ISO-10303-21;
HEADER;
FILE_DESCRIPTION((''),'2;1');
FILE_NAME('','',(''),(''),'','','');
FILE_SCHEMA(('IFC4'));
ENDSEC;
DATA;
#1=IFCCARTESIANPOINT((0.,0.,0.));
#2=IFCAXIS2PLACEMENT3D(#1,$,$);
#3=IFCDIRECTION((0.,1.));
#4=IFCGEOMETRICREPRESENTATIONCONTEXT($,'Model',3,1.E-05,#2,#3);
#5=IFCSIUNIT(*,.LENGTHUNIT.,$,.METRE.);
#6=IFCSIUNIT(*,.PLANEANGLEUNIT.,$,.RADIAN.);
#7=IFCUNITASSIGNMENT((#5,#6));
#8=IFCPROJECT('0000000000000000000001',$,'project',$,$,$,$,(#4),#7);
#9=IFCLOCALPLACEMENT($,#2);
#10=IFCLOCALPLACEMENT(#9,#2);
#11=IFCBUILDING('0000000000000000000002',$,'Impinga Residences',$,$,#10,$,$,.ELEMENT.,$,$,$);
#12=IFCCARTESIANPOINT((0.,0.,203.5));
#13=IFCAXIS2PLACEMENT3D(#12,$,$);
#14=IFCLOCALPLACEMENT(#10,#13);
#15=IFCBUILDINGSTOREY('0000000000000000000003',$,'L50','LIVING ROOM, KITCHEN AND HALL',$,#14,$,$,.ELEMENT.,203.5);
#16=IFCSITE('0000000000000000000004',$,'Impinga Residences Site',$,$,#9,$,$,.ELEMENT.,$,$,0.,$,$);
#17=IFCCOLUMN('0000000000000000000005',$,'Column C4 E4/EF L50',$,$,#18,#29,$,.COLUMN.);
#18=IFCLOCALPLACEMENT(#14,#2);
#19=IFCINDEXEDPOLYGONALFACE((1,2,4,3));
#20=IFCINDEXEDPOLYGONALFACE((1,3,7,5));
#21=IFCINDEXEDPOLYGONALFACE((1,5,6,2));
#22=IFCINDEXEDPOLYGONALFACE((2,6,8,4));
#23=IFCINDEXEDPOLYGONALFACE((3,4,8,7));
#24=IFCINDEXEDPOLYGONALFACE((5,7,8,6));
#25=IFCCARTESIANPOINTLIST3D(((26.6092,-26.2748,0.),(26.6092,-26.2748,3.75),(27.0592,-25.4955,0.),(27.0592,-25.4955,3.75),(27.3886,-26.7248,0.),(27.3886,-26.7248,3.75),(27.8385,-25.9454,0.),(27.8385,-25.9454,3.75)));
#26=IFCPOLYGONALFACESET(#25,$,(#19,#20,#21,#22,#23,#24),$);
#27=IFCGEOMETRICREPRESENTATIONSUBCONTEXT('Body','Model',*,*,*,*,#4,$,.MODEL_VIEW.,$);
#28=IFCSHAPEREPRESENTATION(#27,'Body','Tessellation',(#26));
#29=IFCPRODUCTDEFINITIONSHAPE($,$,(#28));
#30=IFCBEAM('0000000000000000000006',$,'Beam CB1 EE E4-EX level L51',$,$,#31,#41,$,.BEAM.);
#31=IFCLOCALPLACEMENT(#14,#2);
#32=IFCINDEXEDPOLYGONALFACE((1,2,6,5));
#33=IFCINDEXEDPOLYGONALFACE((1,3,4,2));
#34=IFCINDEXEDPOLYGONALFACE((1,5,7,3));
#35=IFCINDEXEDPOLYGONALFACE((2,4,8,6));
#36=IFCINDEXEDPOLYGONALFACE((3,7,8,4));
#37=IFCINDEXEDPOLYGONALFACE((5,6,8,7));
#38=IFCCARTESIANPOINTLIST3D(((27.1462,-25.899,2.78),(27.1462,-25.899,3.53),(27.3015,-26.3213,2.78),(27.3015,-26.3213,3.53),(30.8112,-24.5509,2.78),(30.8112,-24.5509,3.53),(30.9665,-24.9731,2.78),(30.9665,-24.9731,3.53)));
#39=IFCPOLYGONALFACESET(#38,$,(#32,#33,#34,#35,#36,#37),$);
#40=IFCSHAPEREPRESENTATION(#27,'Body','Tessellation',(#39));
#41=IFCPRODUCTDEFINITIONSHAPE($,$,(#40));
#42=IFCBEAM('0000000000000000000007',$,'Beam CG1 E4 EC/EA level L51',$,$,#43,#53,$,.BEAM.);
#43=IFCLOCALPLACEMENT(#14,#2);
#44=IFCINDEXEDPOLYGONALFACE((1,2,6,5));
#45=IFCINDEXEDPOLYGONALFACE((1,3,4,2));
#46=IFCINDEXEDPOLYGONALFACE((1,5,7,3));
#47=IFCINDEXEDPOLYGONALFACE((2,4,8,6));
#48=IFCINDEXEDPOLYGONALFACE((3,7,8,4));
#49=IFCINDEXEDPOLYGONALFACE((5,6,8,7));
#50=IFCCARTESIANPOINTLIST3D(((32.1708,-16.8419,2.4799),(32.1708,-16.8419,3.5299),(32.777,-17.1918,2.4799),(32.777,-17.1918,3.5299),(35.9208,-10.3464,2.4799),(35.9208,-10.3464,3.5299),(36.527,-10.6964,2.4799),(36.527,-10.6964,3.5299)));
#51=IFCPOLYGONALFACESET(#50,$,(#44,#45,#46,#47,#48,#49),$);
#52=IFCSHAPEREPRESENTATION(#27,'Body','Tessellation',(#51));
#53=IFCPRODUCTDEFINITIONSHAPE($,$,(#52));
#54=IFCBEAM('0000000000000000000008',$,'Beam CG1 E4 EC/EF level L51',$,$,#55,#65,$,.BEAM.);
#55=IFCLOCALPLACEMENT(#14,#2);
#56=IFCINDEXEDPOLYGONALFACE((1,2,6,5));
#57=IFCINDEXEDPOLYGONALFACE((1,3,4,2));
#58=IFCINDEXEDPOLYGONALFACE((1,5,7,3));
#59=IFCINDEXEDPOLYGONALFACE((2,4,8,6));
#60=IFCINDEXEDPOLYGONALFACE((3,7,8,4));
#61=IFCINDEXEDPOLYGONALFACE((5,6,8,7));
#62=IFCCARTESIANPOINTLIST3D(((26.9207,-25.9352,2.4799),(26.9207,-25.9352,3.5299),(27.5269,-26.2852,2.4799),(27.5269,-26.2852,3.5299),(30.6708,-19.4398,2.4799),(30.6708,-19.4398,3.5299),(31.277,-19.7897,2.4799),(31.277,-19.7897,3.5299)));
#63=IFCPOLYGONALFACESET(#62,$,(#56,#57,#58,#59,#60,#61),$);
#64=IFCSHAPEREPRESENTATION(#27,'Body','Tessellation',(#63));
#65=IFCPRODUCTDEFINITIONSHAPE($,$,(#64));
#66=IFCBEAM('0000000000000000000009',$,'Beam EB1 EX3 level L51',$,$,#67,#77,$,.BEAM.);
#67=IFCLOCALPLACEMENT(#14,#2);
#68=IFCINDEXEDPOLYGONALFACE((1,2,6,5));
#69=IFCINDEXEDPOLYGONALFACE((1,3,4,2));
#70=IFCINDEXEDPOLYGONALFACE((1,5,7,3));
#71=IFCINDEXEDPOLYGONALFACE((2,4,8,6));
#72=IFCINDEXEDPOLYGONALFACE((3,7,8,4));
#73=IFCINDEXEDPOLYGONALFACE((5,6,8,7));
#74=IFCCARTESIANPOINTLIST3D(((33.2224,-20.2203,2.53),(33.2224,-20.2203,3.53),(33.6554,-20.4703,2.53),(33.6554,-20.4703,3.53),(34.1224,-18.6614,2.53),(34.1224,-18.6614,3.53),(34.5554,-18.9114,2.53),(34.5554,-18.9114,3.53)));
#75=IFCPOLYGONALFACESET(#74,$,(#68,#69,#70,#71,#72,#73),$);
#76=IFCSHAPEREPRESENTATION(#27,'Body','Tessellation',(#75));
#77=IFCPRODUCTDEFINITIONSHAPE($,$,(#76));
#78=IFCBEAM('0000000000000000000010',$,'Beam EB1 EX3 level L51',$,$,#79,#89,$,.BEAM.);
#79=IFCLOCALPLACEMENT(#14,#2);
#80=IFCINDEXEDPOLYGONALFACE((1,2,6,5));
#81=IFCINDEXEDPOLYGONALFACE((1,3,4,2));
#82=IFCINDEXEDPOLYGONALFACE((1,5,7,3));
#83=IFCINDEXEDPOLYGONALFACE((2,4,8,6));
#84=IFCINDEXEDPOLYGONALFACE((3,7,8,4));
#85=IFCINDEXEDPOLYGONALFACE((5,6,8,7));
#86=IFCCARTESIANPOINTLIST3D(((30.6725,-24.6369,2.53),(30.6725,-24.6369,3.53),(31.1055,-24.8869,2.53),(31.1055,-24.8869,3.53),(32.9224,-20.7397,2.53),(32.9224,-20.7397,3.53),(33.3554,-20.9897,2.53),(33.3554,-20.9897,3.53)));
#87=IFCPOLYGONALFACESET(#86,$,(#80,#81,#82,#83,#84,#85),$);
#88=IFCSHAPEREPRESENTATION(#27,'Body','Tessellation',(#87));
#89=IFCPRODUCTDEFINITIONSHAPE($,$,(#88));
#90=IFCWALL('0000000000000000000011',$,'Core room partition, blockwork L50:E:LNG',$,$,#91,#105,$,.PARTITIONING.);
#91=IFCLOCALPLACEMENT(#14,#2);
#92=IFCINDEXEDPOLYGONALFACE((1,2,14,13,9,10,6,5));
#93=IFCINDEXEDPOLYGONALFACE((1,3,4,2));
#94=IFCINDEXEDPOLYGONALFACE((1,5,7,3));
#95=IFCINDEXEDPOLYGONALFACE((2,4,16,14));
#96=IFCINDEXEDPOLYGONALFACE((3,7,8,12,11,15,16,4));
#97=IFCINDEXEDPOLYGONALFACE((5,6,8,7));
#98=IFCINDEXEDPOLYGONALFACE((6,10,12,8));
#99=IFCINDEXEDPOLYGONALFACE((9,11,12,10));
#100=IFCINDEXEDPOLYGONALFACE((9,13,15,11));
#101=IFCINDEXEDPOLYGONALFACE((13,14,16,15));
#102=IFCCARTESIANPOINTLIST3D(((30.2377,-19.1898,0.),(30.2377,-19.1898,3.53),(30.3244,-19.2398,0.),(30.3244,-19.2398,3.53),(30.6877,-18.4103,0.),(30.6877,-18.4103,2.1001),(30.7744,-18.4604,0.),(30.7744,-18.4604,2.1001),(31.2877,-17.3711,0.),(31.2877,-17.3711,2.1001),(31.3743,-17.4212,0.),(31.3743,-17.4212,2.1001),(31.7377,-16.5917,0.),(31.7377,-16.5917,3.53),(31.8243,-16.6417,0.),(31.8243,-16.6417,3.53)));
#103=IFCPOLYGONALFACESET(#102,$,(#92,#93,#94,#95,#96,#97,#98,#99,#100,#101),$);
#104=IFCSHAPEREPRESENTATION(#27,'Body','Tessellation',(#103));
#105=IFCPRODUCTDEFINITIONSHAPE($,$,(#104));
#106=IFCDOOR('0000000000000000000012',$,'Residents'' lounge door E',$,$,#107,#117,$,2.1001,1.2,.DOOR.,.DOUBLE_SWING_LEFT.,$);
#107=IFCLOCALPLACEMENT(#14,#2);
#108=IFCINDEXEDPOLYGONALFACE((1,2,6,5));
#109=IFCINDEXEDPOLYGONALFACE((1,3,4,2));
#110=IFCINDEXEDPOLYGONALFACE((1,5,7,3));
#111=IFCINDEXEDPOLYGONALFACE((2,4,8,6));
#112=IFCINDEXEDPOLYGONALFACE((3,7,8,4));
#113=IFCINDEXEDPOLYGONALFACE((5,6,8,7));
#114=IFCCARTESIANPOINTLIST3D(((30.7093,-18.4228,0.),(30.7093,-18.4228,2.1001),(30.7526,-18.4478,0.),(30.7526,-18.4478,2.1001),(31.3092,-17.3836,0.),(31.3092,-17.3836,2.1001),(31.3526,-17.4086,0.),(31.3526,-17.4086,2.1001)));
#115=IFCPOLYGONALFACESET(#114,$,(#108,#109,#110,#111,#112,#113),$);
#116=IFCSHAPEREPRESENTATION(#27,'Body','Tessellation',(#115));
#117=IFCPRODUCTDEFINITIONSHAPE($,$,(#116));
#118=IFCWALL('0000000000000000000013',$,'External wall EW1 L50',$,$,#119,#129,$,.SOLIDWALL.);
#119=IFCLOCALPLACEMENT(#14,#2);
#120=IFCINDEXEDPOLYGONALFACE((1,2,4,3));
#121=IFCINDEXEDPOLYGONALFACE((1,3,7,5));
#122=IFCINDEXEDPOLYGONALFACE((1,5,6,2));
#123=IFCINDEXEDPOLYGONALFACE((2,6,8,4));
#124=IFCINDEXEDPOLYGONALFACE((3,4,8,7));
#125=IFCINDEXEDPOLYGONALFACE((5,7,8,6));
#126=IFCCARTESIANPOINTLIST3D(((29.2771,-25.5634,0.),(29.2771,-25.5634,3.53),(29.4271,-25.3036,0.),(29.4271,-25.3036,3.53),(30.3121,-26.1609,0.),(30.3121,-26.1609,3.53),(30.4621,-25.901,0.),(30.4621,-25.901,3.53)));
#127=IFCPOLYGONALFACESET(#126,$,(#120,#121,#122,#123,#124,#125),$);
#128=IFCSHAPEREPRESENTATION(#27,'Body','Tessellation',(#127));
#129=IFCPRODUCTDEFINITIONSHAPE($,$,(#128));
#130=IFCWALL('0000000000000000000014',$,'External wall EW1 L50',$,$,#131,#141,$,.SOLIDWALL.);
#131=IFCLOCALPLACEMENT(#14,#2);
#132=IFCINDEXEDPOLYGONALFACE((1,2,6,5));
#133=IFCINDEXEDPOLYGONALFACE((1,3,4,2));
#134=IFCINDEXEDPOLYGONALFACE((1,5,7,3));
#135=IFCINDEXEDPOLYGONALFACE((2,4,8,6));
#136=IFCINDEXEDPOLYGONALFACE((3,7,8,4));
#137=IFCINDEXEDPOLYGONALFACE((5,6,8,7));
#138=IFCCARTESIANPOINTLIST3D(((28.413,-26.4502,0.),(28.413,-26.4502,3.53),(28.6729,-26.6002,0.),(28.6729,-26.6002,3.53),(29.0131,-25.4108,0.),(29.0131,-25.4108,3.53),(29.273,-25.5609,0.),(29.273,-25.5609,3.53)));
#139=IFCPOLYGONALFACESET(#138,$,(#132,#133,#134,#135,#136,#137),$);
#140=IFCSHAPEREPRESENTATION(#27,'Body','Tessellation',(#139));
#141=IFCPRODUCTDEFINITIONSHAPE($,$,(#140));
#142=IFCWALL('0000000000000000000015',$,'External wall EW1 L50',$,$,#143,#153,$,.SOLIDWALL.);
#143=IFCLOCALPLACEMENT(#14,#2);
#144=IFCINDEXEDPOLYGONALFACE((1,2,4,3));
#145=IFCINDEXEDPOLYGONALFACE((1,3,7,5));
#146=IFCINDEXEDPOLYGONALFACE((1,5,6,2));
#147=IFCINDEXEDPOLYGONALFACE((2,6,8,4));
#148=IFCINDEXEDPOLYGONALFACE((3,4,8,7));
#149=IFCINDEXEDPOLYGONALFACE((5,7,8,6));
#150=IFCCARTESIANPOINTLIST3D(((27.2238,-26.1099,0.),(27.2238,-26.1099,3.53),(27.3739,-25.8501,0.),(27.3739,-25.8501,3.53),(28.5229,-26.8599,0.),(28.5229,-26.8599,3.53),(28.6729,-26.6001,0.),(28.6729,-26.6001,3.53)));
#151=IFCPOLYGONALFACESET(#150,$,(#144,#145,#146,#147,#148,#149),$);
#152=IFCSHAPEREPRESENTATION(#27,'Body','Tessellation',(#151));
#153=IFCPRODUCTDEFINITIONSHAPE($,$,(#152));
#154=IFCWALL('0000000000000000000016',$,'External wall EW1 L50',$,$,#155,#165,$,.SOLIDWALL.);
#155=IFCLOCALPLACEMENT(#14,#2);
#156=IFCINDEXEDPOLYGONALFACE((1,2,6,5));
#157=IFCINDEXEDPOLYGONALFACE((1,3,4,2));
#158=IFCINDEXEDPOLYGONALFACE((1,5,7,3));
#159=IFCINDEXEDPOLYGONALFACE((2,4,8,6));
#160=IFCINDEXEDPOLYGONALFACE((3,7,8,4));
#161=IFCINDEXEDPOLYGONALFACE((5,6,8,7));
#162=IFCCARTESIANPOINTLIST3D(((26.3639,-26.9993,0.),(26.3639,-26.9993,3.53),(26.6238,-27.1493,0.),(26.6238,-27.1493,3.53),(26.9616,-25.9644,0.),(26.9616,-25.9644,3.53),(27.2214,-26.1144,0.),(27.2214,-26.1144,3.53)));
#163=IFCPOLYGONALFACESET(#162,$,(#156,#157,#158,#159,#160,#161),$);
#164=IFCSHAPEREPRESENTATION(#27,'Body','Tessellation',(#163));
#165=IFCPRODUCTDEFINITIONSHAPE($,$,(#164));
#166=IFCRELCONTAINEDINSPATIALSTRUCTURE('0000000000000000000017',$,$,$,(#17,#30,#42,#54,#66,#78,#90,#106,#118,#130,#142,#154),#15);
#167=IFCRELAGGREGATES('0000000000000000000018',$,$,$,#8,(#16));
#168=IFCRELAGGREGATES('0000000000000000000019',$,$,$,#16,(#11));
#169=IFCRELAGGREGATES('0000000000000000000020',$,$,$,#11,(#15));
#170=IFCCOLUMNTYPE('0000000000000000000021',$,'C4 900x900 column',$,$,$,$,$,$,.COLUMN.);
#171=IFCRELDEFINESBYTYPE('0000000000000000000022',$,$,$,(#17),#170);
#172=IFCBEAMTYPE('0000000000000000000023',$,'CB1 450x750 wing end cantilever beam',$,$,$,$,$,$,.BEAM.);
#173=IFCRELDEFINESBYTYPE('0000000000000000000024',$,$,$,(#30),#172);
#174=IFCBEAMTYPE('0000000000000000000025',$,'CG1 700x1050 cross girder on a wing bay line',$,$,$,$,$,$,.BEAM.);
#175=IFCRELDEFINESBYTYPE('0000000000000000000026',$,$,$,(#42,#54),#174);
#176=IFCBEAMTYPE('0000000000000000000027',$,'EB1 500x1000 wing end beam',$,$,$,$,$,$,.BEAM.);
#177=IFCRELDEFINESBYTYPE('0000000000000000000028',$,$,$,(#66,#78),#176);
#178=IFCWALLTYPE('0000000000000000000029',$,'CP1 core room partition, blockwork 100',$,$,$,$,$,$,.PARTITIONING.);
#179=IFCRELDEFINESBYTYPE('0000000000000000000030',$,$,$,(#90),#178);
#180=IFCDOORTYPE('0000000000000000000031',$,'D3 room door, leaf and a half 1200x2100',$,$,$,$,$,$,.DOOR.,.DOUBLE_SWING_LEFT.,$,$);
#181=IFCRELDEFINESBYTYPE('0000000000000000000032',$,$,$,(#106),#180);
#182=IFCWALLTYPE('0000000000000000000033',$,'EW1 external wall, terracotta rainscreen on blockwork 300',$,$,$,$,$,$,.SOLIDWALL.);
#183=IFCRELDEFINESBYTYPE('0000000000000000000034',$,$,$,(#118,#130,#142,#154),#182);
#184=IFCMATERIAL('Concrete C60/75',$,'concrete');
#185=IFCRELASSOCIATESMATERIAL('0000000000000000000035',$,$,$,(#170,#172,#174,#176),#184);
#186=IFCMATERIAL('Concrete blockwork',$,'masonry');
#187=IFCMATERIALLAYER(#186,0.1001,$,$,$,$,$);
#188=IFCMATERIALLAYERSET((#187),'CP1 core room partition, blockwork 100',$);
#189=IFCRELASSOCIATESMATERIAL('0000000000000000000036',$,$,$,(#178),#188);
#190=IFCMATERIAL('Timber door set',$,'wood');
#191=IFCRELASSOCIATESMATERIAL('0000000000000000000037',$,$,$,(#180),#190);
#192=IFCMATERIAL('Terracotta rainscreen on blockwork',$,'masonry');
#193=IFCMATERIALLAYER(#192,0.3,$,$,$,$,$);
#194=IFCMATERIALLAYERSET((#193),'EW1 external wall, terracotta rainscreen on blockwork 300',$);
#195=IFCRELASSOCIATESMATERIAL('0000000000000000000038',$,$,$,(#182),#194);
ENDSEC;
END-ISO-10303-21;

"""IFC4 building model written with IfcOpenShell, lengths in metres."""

from ifc_helpers import new_model, si_unit, direction, frame, frame_2d, origin, origin_2d, place, context, subcontext, project, spatial, rectangle, extrude, material, layer, layer_set, material_profile, profile_set, type_object, element, fill, save


model = new_model("IFC4")

# Units and contexts
model_context = context("Model", 3, precision=1e-05, world=origin(), true_north=direction((0.0, 1.0)))
body_context = subcontext(model_context, "Body", "Model", "MODEL_VIEW")
ifc_project = project(units=[si_unit("LENGTHUNIT", "METRE"), si_unit("PLANEANGLEUNIT", "RADIAN")], contexts=[model_context])

# Site, building, storey
site_placement = place(None, origin())
site = spatial("IfcSite", under=ifc_project, at=site_placement, Name="Impinga Residences Site", CompositionType="ELEMENT", RefElevation=0.0)
building_placement = place(site_placement, origin())
building = spatial("IfcBuilding", under=site, at=building_placement, Name="Impinga Residences", CompositionType="ELEMENT")
storey_placement = place(building_placement, frame((0.0, 0.0, 203.5)))
storey = spatial("IfcBuildingStorey", under=building, at=storey_placement, Name="L50", Description="LIVING ROOM, KITCHEN AND HALL", CompositionType="ELEMENT", Elevation=203.5)

# Column
ifc_material_1 = material(Name="Concrete C60/75", Category="concrete")
ifc_material_profile_1 = material_profile(ifc_material_1, rectangle(XDim=0.8999, YDim=0.8999, at=origin_2d()), Name="RC 900x900")
ifc_profile_set_1 = profile_set([ifc_material_profile_1], Name="Concrete C60/75")
column_type = type_object("IfcColumnType", Name="C4 900x900 column", PredefinedType="COLUMN", material=ifc_profile_set_1)
column_placement = place(storey_placement, frame((27.2239, -26.1101, 0.0), z_axis=(0.0, 0.0, 1.0), x_axis=(-0.5, -0.866025, 0.0)))
element("IfcColumn", 1, at=column_placement, inside=storey, type_object=column_type, Name="Column C4 E4/EF L50", PredefinedType="COLUMN", context=body_context, shape_type="SweptSolid", body=[
    extrude(rectangle(XDim=0.8999, YDim=0.8999, at=origin_2d()), origin(), (0.0, 0.0, 1.0), 3.75),
])

# Beams
ifc_material_profile_2 = material_profile(ifc_material_1, rectangle(XDim=0.45, YDim=0.75, at=origin_2d()), Name="RC 450x750")
ifc_profile_set_2 = profile_set([ifc_material_profile_2], Name="Concrete C60/75")
beam_type_1 = type_object("IfcBeamType", Name="CB1 450x750 wing end cantilever beam", PredefinedType="BEAM", material=ifc_profile_set_2)
beam_1_placement = place(storey_placement, frame((27.2239, -26.1101, 3.155), z_axis=(0.93852, 0.345224, 0.0), x_axis=(-0.345224, 0.93852, 0.0)))
element("IfcBeam", 2, at=beam_1_placement, inside=storey, type_object=beam_type_1, Name="Beam CB1 EE E4-EX level L51", PredefinedType="BEAM", context=body_context, shape_type="SweptSolid", body=[
    extrude(rectangle(XDim=0.45, YDim=0.75, at=origin_2d()), origin(), (0.0, 0.0, 1.0), 3.905),
])
ifc_material_profile_3 = material_profile(ifc_material_1, rectangle(XDim=0.7, YDim=1.05, at=origin_2d()), Name="RC 700x1050")
ifc_profile_set_3 = profile_set([ifc_material_profile_3], Name="Concrete C60/75")
beam_type_2 = type_object("IfcBeamType", Name="CG1 700x1050 cross girder on a wing bay line", PredefinedType="BEAM", material=ifc_profile_set_3)
for number, where, z_axis, x_axis, name in (
    (3, (32.4739, -17.0168, 3.0049), (0.49999, 0.866031, 0.0), (-0.866031, 0.49999, 0.0), "Beam CG1 E4 EC/EA level L51"),
    (4, (30.9739, -19.6147, 3.0049), (-0.49999, -0.866031, 0.0), (0.866031, -0.49999, 0.0), "Beam CG1 E4 EC/EF level L51"),
):
    element("IfcBeam", number, at=place(storey_placement, frame(where, z_axis=z_axis, x_axis=x_axis)), inside=storey, type_object=beam_type_2, Name=name, PredefinedType="BEAM", context=body_context, shape_type="SweptSolid", body=[
        extrude(rectangle(XDim=0.7, YDim=1.05, at=origin_2d()), origin(), (0.0, 0.0, 1.0), 7.5002),
    ])
ifc_material_profile_4 = material_profile(ifc_material_1, rectangle(XDim=0.5, YDim=1.0, at=origin_2d()), Name="RC 500x1000")
ifc_profile_set_4 = profile_set([ifc_material_profile_4], Name="Concrete C60/75")
beam_type_3 = type_object("IfcBeamType", Name="EB1 500x1000 wing end beam", PredefinedType="BEAM", material=ifc_profile_set_4)
beam_2_placement = place(storey_placement, frame((34.3389, -18.7864, 3.03), z_axis=(-0.499961, -0.866048, 0.0), x_axis=(0.866048, -0.499961, 0.0)))
element("IfcBeam", 5, at=beam_2_placement, inside=storey, type_object=beam_type_3, Name="Beam EB1 EX3 level L51", PredefinedType="BEAM", context=body_context, shape_type="SweptSolid", body=[
    extrude(rectangle(XDim=0.5, YDim=1.0, at=origin_2d()), origin(), (0.0, 0.0, 1.0), 1.8),
])
beam_3_placement = place(storey_placement, frame((33.1389, -20.8647, 3.03), z_axis=(-0.49999, -0.866031, 0.0), x_axis=(0.866031, -0.49999, 0.0)))
element("IfcBeam", 6, at=beam_3_placement, inside=storey, type_object=beam_type_3, Name="Beam EB1 EX3 level L51", PredefinedType="BEAM", context=body_context, shape_type="SweptSolid", body=[
    extrude(rectangle(XDim=0.5, YDim=1.0, at=origin_2d()), origin(), (0.0, 0.0, 1.0), 4.5),
])

# Wall, opening, door
ifc_material_2 = material(Name="Concrete blockwork", Category="masonry")
ifc_layer_1 = layer(ifc_material_2, 0.1001)
ifc_layer_set_1 = layer_set([ifc_layer_1], Name="CP1 core room partition, blockwork 100")
wall_type_1 = type_object("IfcWallType", Name="CP1 core room partition, blockwork 100", PredefinedType="PARTITIONING", material=ifc_layer_set_1)
wall_1_placement = place(storey_placement, frame((31.781, -16.6167, 0.0), z_axis=(0.0, 0.0, 1.0), x_axis=(-0.49999, -0.866031, 0.0)))
wall_1 = element("IfcWall", 7, at=wall_1_placement, inside=storey, type_object=wall_type_1, Name="Core room partition, blockwork L50:E:LNG", PredefinedType="PARTITIONING", context=body_context, shape_type="SweptSolid", body=[
    extrude(rectangle(XDim=3.0, YDim=0.1001, at=frame_2d((1.5, 0.0))), origin(), (0.0, 0.0, 1.0), 3.53),
])
opening_1_placement = place(wall_1_placement, frame((0.8999, 0.0, 0.0)))
opening_1 = element("IfcOpeningElement", 8, at=opening_1_placement, cuts=wall_1, PredefinedType="OPENING", context=body_context, shape_type="SweptSolid", body=[
    extrude(rectangle(XDim=1.2, YDim=2.1001, at=frame_2d((0.6001, 1.05))), frame((0.0, 0.0601, 0.0), z_axis=(0.0, -1.0, 0.0), x_axis=(1.0, 0.0, 0.0)), (0.0, 0.0, 1.0), 0.1201),
])
ifc_material_3 = material(Name="Timber door set", Category="wood")
door_type_1 = type_object("IfcDoorType", Name="D3 room door, leaf and a half 1200x2100", OperationType="DOUBLE_SWING_LEFT", PredefinedType="DOOR", material=ifc_material_3)
door_1_placement = place(opening_1_placement, origin())
door_1 = element("IfcDoor", 9, at=door_1_placement, inside=storey, type_object=door_type_1, Name="Residents' lounge door E", OperationType="DOUBLE_SWING_LEFT", OverallHeight=2.1001, OverallWidth=1.2, PredefinedType="DOOR", context=body_context, shape_type="SweptSolid", body=[
    extrude(rectangle(XDim=1.2, YDim=2.1001, at=frame_2d((0.6001, 1.05))), frame((0.0, 0.0249, 0.0), z_axis=(0.0, -1.0, 0.0), x_axis=(1.0, 0.0, 0.0)), (0.0, 0.0, 1.0), 0.05),
])
fill(opening_1, door_1)

# Walls
ifc_material_4 = material(Name="Terracotta rainscreen on blockwork", Category="masonry")
ifc_layer_2 = layer(ifc_material_4, 0.3)
ifc_layer_set_2 = layer_set([ifc_layer_2], Name="EW1 external wall, terracotta rainscreen on blockwork 300")
wall_type_2 = type_object("IfcWallType", Name="EW1 external wall, terracotta rainscreen on blockwork 300", PredefinedType="SOLIDWALL", material=ifc_layer_set_2)
wall_2_placement = place(storey_placement, frame((30.3872, -26.031, 0.0), z_axis=(0.0, 0.0, 1.0), x_axis=(-0.86606, 0.499941, 0.0)))
element("IfcWall", 10, at=wall_2_placement, inside=storey, type_object=wall_type_2, Name="External wall EW1 L50", PredefinedType="SOLIDWALL", context=body_context, shape_type="SweptSolid", body=[
    extrude(rectangle(XDim=1.1951, YDim=0.3, at=frame_2d((0.5977, 0.0))), origin(), (0.0, 0.0, 1.0), 3.53),
])
wall_3_placement = place(storey_placement, frame((29.1431, -25.4858, 0.0), z_axis=(0.0, 0.0, 1.0), x_axis=(-0.500034, -0.866006, 0.0)))
element("IfcWall", 11, at=wall_3_placement, inside=storey, type_object=wall_type_2, Name="External wall EW1 L50", PredefinedType="SOLIDWALL", context=body_context, shape_type="SweptSolid", body=[
    extrude(rectangle(XDim=1.2002, YDim=0.3, at=frame_2d((0.6001, 0.0))), origin(), (0.0, 0.0, 1.0), 3.53),
])
wall_4_placement = place(storey_placement, frame((28.5979, -26.73, 0.0), z_axis=(0.0, 0.0, 1.0), x_axis=(-0.866031, 0.49999, 0.0)))
element("IfcWall", 12, at=wall_4_placement, inside=storey, type_object=wall_type_2, Name="External wall EW1 L50", PredefinedType="SOLIDWALL", context=body_context, shape_type="SweptSolid", body=[
    extrude(rectangle(XDim=1.5, YDim=0.3, at=frame_2d((0.75, 0.0))), origin(), (0.0, 0.0, 1.0), 3.53),
])
wall_5_placement = place(storey_placement, frame((27.0916, -26.0393, 0.0), z_axis=(0.0, 0.0, 1.0), x_axis=(-0.500094, -0.865971, 0.0)))
element("IfcWall", 13, at=wall_5_placement, inside=storey, type_object=wall_type_2, Name="External wall EW1 L50", PredefinedType="SOLIDWALL", context=body_context, shape_type="SweptSolid", body=[
    extrude(rectangle(XDim=1.1951, YDim=0.3, at=frame_2d((0.5977, 0.0))), origin(), (0.0, 0.0, 1.0), 3.53),
])

save(model, "model.ifc")
